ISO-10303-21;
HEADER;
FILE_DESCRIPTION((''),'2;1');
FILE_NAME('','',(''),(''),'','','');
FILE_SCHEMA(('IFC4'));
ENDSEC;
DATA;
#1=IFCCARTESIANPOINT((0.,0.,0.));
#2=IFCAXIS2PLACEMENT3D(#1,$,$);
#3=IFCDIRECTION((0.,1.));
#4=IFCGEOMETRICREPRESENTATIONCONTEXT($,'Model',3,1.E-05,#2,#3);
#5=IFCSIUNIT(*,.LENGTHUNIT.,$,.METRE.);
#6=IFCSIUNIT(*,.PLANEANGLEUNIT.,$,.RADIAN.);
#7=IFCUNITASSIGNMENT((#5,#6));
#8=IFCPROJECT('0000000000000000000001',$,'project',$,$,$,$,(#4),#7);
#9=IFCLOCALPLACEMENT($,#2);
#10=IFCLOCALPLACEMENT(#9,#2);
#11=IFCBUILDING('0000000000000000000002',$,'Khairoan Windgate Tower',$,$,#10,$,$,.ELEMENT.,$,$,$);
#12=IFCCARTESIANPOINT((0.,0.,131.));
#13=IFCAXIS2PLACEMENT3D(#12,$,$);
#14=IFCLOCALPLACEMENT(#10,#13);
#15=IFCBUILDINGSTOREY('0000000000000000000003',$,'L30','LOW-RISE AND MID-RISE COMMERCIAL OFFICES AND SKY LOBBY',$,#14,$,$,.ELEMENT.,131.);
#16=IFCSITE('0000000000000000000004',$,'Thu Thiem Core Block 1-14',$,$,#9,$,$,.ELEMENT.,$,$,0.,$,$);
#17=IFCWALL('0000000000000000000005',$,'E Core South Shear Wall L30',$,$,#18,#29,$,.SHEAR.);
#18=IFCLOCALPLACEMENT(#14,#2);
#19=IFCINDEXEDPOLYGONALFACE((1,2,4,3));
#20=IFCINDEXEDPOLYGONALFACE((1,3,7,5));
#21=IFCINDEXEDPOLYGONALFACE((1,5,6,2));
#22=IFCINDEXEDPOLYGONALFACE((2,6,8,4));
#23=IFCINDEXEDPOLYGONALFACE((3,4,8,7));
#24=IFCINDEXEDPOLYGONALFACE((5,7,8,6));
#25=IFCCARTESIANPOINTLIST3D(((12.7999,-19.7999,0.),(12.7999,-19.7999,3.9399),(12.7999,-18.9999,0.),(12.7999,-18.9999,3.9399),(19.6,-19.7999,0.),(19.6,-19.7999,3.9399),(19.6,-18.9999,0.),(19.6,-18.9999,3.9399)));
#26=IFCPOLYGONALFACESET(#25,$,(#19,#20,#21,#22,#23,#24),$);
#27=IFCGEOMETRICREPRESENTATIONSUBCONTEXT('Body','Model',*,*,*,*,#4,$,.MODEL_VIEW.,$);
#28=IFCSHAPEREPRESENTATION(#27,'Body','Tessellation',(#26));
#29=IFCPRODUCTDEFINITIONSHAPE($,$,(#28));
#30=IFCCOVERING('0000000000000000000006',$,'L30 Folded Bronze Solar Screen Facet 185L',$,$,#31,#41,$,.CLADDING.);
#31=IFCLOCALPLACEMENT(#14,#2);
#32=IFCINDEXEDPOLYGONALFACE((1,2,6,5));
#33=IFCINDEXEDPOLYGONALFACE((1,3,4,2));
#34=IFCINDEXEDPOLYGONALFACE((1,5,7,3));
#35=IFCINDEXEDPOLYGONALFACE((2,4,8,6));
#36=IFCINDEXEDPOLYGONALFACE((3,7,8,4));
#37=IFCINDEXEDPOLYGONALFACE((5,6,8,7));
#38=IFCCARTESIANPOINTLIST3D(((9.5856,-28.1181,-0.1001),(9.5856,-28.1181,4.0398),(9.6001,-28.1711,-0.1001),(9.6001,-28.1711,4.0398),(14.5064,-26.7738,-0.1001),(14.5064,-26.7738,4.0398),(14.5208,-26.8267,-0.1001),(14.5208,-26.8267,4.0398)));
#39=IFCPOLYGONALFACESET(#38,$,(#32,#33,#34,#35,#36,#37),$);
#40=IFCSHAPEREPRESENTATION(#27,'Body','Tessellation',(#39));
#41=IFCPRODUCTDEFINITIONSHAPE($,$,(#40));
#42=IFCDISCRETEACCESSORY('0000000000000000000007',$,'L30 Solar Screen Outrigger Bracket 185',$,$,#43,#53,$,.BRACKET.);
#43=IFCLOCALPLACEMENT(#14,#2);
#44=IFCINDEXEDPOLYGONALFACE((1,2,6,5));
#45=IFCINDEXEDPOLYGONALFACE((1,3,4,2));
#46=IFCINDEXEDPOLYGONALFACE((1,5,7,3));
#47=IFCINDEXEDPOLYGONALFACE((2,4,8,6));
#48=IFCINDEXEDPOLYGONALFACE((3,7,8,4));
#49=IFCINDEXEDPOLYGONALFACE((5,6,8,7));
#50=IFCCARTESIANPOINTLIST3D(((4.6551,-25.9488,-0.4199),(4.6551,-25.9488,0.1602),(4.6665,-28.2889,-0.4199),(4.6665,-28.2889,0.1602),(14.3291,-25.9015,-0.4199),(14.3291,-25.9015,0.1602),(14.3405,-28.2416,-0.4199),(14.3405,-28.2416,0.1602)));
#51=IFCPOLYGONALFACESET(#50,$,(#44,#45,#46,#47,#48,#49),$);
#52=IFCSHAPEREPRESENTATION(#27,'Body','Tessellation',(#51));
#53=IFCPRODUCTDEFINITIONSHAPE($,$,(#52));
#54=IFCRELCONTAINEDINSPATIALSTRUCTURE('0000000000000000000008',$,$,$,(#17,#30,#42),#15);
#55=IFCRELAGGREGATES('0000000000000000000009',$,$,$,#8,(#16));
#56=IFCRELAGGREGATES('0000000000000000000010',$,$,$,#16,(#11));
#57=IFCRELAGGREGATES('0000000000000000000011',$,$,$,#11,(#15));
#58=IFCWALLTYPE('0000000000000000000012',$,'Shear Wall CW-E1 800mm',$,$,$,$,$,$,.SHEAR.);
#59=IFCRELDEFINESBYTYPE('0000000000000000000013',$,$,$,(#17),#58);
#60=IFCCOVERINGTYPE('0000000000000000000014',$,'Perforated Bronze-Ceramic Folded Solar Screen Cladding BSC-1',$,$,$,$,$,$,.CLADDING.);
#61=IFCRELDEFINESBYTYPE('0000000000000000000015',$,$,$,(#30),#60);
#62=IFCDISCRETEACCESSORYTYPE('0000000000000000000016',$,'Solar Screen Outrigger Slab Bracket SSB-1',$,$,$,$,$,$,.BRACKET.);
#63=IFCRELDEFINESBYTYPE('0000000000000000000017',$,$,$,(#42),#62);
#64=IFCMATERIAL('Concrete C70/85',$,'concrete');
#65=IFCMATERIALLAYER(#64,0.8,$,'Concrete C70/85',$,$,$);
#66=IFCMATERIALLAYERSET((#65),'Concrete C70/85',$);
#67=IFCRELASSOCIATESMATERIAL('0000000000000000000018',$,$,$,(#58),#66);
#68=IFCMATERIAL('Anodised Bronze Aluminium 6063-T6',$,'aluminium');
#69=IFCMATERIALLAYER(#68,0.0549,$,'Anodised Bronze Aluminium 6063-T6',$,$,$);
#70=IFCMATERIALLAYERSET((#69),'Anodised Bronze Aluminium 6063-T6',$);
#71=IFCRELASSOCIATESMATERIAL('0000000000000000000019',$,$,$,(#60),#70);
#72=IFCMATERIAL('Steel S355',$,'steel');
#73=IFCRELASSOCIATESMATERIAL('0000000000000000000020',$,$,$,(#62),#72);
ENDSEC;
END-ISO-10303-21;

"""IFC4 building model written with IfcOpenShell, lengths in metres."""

from ifc_helpers import new_model, si_unit, direction, frame, frame_2d, origin, origin_2d, place, context, subcontext, project, spatial, rectangle, extrude, material, layer, layer_set, type_object, element, save


model = new_model("IFC4")

# Units and contexts
model_context = context("Model", 3, precision=1e-05, world=origin(), true_north=direction((0.0, 1.0)))
body_context = subcontext(model_context, "Body", "Model", "MODEL_VIEW")
ifc_project = project(units=[si_unit("LENGTHUNIT", "METRE"), si_unit("PLANEANGLEUNIT", "RADIAN")], contexts=[model_context])

# Site, building, storey
site_placement = place(None, origin())
site = spatial("IfcSite", under=ifc_project, at=site_placement, Name="Thu Thiem Core Block 1-14", CompositionType="ELEMENT", RefElevation=0.0)
building_placement = place(site_placement, origin())
building = spatial("IfcBuilding", under=site, at=building_placement, Name="Khairoan Windgate Tower", CompositionType="ELEMENT")
storey_placement = place(building_placement, frame((0.0, 0.0, 131.0)))
storey = spatial("IfcBuildingStorey", under=building, at=storey_placement, Name="L30", Description="LOW-RISE AND MID-RISE COMMERCIAL OFFICES AND SKY LOBBY", CompositionType="ELEMENT", Elevation=131.0)

# Shared definitions
ifc_material_1 = material(Name="Concrete C70/85", Category="concrete")
ifc_layer_1 = layer(ifc_material_1, 0.8, Name="Concrete C70/85")
ifc_layer_set_1 = layer_set([ifc_layer_1], Name="Concrete C70/85")
wall_type_1 = type_object("IfcWallType", Name="Shear Wall CW-E1 800mm", PredefinedType="SHEAR", material=ifc_layer_set_1)

# Wall
wall_1_placement = place(storey_placement, frame((12.8, -19.3999, 0.0), z_axis=(0.0, 0.0, 1.0), x_axis=(1.0, 0.0, 0.0)))
element("IfcWall", 1, at=wall_1_placement, inside=storey, type_object=wall_type_1, Name="E Core South Shear Wall L30", PredefinedType="SHEAR", context=body_context, shape_type="SweptSolid", body=[
    extrude(rectangle(XDim=6.8, YDim=0.8, at=frame_2d((3.3999, 0.0))), origin(), (0.0, 0.0, 1.0), 3.9399),
])

# Covering
ifc_material_2 = material(Name="Anodised Bronze Aluminium 6063-T6", Category="aluminium")
ifc_layer_2 = layer(ifc_material_2, 0.0549, Name="Anodised Bronze Aluminium 6063-T6")
ifc_layer_set_2 = layer_set([ifc_layer_2], Name="Anodised Bronze Aluminium 6063-T6")
covering_type = type_object("IfcCoveringType", Name="Perforated Bronze-Ceramic Folded Solar Screen Cladding BSC-1", PredefinedType="CLADDING", material=ifc_layer_set_2)
covering_placement = place(storey_placement, frame((12.0532, -27.4724, -0.1001), z_axis=(0.0, 0.0, 1.0), x_axis=(-0.964649, -0.263536, 0.0)))
element("IfcCovering", 2, at=covering_placement, inside=storey, type_object=covering_type, Name="L30 Folded Bronze Solar Screen Facet 185L", PredefinedType="CLADDING", context=body_context, shape_type="SweptSolid", body=[
    extrude(rectangle(XDim=5.1011, YDim=0.0549, at=origin_2d()), origin(), (0.0, 0.0, 1.0), 4.1399),
])

# Discrete accessory
ifc_material_3 = material(Name="Steel S355", Category="steel")
discrete_accessory_type = type_object("IfcDiscreteAccessoryType", Name="Solar Screen Outrigger Slab Bracket SSB-1", PredefinedType="BRACKET", material=ifc_material_3)
discrete_accessory_placement = place(storey_placement, frame((9.4978, -27.0952, -0.4199), z_axis=(0.0, 0.0, 1.0), x_axis=(-0.999988, -0.004887, 0.0)))
element("IfcDiscreteAccessory", 3, at=discrete_accessory_placement, inside=storey, type_object=discrete_accessory_type, Name="L30 Solar Screen Outrigger Bracket 185", PredefinedType="BRACKET", context=body_context, shape_type="SweptSolid", body=[
    extrude(rectangle(XDim=9.6741, YDim=2.3401, at=origin_2d()), origin(), (0.0, 0.0, 1.0), 0.5801),
])

save(model, "model.ifc")
